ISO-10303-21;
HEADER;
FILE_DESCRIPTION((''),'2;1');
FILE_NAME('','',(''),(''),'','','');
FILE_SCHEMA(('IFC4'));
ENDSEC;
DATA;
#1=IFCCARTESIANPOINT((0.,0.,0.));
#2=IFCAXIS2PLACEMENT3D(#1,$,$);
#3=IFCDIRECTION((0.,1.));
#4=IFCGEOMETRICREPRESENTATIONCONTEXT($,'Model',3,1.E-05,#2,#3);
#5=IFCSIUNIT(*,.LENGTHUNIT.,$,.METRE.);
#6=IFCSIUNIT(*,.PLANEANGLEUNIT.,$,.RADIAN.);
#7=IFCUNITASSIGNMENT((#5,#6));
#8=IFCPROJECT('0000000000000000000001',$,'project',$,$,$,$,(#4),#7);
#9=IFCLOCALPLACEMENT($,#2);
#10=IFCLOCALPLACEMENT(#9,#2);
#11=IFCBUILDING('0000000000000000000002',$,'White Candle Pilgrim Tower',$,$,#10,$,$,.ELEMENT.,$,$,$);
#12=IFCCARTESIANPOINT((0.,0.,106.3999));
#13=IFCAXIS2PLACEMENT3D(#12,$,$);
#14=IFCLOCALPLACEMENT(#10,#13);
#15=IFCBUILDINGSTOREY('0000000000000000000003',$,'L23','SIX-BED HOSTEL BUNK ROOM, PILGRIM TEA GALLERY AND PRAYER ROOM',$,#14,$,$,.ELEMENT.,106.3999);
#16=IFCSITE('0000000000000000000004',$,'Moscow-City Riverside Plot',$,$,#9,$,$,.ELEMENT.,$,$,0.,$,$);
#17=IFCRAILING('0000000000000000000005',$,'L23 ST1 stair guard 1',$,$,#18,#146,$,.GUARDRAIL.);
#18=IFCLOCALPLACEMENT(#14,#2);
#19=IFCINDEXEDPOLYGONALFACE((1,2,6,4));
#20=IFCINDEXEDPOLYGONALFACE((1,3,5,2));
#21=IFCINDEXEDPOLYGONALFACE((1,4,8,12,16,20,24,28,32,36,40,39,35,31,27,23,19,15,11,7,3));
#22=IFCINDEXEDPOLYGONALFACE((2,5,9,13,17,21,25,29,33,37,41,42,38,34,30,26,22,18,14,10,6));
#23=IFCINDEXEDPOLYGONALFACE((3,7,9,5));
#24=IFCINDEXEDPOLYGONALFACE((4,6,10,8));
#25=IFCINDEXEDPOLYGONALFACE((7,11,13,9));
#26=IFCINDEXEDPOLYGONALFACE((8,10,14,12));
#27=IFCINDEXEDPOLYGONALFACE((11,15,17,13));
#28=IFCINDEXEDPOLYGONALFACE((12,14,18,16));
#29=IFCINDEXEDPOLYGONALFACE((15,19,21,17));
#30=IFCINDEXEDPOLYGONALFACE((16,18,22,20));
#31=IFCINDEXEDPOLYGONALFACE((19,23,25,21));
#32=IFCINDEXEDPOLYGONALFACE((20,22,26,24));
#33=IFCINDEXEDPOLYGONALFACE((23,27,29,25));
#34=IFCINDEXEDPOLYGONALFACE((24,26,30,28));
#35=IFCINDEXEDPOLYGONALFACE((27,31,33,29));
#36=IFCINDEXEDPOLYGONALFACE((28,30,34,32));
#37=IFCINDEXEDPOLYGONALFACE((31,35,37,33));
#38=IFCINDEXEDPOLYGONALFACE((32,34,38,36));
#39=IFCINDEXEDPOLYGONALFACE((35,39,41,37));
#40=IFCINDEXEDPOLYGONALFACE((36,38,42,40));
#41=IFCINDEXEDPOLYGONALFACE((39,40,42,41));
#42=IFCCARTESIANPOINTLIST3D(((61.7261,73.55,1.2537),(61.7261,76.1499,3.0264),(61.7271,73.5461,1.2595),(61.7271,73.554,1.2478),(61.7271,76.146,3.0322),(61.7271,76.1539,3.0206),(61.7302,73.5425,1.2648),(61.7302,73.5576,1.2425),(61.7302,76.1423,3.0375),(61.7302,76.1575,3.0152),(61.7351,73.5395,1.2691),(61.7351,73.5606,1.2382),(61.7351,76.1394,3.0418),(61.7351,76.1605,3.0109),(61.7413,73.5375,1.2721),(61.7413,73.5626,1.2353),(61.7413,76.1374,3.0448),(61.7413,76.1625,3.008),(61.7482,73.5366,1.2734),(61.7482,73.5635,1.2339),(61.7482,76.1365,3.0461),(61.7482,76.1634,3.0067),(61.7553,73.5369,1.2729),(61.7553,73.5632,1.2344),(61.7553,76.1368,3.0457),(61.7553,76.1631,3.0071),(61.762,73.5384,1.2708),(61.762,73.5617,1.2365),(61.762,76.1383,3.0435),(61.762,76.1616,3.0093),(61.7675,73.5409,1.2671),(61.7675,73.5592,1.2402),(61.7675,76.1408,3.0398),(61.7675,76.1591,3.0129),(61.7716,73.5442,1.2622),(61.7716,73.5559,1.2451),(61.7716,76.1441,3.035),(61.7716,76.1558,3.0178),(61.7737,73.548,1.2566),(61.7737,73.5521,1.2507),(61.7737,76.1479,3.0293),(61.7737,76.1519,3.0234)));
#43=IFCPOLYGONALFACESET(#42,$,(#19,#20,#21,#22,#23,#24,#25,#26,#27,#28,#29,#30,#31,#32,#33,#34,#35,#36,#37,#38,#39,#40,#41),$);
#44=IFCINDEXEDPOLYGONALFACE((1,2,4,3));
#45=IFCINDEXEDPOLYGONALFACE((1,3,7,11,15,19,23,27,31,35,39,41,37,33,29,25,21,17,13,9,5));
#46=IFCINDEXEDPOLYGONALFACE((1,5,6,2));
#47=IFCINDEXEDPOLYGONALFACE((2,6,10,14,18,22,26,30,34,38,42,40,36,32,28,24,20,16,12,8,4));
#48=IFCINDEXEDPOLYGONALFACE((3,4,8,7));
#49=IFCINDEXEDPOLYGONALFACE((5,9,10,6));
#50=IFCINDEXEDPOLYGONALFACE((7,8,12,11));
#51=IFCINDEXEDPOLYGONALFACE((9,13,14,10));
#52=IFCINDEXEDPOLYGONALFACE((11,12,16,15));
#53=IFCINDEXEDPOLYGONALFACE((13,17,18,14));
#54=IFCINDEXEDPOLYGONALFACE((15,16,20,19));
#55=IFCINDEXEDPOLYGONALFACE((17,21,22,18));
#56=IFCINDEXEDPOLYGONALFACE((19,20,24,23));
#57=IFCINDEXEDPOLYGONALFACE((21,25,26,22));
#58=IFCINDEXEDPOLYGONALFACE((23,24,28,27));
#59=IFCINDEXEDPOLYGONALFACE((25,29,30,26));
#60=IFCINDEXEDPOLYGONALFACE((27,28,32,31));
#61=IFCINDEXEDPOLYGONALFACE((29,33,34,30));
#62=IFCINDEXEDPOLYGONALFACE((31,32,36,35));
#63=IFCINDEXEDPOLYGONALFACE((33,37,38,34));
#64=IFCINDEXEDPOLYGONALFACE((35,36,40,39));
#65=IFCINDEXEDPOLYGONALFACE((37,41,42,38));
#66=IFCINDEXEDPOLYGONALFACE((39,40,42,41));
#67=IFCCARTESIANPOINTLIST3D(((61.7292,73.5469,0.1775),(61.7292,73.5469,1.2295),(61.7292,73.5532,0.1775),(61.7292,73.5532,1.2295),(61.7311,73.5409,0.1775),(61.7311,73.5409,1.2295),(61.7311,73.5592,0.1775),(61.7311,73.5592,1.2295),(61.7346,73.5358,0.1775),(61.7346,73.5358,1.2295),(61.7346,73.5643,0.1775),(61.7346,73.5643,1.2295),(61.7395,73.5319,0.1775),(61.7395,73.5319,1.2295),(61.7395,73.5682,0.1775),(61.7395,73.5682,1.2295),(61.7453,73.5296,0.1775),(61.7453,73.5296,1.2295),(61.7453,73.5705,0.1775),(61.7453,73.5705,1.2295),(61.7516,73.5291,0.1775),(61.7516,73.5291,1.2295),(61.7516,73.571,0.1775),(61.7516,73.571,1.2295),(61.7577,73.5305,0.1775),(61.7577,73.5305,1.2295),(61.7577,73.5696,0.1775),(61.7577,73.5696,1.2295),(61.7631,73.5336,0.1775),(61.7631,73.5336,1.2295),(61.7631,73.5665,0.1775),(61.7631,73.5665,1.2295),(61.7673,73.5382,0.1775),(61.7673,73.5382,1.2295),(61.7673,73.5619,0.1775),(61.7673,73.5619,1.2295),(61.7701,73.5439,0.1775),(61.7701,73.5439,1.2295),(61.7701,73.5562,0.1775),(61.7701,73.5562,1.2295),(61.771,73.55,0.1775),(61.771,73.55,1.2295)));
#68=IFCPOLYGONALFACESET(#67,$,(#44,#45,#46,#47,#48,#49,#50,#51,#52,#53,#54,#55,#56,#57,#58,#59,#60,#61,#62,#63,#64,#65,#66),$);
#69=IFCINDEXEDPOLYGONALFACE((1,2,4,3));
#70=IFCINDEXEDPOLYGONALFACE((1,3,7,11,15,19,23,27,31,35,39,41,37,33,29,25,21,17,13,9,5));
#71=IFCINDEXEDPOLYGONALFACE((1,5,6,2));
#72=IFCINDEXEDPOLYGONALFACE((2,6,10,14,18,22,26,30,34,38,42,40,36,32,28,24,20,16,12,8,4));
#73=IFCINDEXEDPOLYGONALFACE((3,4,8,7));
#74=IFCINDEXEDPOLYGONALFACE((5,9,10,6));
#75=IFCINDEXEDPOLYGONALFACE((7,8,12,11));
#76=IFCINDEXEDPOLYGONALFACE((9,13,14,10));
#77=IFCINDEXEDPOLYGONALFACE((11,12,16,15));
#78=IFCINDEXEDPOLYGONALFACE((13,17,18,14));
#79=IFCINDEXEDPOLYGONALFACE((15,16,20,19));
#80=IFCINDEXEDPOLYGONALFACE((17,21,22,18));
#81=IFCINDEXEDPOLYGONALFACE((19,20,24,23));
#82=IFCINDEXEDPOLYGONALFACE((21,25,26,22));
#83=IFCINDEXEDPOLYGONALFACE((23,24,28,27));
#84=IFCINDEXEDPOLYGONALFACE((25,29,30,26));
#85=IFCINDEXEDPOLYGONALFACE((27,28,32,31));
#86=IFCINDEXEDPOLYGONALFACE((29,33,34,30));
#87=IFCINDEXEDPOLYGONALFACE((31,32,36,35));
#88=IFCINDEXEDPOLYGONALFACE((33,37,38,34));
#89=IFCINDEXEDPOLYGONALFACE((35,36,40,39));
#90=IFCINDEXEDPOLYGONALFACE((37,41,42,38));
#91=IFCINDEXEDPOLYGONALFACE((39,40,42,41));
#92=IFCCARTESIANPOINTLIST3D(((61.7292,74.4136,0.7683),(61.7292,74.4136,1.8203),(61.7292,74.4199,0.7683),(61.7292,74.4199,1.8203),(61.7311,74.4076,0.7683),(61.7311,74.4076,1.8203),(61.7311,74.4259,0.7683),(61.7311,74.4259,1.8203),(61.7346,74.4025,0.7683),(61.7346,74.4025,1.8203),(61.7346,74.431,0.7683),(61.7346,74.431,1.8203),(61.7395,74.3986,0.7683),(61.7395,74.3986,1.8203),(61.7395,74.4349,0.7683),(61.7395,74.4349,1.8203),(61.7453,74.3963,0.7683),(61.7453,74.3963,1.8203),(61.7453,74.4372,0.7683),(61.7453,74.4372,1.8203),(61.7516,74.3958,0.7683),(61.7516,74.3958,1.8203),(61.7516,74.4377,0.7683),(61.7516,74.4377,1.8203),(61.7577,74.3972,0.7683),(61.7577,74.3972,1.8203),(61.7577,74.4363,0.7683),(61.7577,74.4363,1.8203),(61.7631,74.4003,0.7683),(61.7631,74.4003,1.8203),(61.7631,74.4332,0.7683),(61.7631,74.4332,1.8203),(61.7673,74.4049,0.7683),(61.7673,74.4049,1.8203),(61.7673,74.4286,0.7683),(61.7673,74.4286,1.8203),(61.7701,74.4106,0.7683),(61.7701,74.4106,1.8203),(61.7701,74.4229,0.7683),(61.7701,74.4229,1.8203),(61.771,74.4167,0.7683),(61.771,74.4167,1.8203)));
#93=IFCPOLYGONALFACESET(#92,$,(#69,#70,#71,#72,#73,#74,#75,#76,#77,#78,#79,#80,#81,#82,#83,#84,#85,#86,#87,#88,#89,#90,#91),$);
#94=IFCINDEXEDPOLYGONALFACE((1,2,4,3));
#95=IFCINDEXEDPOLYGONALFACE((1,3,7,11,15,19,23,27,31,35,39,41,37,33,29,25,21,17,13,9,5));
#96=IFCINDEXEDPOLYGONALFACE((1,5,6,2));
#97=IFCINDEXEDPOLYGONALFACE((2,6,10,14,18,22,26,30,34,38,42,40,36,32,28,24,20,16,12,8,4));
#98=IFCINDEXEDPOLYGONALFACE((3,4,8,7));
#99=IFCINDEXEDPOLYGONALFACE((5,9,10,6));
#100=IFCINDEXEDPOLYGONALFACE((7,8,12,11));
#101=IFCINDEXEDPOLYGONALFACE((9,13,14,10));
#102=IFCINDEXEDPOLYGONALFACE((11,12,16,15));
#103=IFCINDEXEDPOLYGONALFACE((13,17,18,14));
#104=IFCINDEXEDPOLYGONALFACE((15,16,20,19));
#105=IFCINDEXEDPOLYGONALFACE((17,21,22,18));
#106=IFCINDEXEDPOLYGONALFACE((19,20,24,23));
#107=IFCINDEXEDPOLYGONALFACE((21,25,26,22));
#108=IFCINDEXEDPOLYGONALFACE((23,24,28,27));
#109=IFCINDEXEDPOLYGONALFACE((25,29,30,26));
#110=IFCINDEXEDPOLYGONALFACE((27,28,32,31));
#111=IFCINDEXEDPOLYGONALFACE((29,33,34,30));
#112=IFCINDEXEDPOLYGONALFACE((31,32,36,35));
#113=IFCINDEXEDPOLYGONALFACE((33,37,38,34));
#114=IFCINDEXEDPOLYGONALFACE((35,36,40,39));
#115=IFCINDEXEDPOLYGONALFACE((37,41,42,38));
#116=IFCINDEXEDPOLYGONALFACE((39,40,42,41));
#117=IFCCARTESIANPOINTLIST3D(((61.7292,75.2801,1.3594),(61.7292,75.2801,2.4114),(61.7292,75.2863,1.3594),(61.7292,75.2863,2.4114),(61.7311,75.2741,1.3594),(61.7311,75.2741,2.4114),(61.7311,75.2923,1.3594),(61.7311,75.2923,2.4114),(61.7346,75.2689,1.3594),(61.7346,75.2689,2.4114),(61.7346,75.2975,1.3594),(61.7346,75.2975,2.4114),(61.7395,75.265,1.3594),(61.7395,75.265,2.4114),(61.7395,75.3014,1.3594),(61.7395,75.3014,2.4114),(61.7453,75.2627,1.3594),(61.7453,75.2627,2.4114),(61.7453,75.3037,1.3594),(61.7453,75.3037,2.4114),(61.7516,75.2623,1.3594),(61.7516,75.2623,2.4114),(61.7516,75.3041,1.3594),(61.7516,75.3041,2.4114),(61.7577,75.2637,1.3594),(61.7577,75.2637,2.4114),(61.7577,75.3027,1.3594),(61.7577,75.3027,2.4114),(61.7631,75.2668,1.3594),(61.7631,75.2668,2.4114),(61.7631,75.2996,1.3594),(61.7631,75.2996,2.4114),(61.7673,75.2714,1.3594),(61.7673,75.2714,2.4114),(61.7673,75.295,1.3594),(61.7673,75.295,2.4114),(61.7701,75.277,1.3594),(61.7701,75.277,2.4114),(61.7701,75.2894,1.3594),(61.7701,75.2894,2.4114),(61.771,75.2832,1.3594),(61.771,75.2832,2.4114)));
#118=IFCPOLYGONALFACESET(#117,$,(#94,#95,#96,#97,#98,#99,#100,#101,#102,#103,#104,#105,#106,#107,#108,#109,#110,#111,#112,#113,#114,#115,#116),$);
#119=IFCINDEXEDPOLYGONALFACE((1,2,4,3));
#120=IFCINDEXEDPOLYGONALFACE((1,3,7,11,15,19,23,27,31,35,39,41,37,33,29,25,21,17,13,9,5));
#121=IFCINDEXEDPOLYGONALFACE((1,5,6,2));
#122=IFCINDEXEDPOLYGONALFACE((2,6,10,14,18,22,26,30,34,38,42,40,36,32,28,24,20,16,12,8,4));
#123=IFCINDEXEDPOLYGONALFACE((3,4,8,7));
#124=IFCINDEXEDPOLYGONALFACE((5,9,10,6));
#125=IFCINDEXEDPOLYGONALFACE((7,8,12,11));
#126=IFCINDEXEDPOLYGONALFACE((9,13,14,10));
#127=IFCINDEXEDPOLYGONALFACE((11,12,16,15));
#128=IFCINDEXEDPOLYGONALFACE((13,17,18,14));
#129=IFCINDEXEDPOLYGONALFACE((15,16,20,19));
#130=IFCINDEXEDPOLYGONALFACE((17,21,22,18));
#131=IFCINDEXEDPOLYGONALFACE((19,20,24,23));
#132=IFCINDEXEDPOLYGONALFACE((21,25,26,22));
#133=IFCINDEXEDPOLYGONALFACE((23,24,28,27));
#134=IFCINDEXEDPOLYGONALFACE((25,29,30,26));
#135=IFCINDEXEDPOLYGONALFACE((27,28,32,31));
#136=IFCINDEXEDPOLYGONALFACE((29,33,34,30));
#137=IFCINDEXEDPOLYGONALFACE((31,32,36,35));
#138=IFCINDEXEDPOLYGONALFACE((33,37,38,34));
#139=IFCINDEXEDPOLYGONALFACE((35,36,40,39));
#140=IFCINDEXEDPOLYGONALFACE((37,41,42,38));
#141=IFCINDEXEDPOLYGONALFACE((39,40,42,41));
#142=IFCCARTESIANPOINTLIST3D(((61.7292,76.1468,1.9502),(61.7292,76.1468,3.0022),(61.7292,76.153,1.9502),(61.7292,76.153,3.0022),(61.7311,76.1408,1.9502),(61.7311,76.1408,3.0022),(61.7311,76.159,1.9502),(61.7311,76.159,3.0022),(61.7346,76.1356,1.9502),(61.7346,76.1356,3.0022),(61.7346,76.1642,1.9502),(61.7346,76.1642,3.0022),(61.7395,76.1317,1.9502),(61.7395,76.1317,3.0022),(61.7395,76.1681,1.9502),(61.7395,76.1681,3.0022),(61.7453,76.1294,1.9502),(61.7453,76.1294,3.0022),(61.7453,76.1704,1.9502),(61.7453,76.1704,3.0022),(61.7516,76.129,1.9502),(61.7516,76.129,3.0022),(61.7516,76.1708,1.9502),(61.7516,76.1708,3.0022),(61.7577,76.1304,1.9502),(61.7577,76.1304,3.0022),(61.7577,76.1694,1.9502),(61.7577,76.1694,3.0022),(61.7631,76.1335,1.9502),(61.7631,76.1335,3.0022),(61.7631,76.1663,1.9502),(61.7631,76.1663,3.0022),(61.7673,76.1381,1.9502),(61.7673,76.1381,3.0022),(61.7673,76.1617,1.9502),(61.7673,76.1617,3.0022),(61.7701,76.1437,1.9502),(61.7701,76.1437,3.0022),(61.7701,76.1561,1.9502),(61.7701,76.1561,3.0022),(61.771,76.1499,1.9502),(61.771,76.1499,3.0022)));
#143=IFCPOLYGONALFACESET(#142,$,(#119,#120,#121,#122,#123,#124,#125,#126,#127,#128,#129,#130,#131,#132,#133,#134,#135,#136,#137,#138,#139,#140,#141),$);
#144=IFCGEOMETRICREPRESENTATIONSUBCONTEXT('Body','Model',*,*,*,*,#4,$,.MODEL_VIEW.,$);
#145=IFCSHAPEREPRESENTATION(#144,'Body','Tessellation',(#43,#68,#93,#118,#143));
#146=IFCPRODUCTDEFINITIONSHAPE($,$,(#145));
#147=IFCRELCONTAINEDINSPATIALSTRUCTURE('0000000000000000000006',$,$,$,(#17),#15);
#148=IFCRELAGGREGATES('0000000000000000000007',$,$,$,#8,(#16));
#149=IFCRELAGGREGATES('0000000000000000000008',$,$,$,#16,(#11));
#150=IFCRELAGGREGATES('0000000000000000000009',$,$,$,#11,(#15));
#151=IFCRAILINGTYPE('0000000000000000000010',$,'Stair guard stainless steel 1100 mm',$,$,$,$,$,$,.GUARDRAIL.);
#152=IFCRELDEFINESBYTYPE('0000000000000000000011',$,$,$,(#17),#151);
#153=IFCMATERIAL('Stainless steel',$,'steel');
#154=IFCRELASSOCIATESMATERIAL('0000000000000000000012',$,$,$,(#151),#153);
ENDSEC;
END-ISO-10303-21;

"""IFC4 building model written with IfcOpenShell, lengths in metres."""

from ifc_helpers import new_model, si_unit, direction, frame, origin, origin_2d, place, context, subcontext, project, spatial, circle, extrude, material, type_object, element, save


model = new_model("IFC4")

# Units and contexts
model_context = context("Model", 3, precision=1e-05, world=origin(), true_north=direction((0.0, 1.0)))
body_context = subcontext(model_context, "Body", "Model", "MODEL_VIEW")
ifc_project = project(units=[si_unit("LENGTHUNIT", "METRE"), si_unit("PLANEANGLEUNIT", "RADIAN")], contexts=[model_context])

# Site, building, storey
site_placement = place(None, origin())
site = spatial("IfcSite", under=ifc_project, at=site_placement, Name="Moscow-City Riverside Plot", CompositionType="ELEMENT", RefElevation=0.0)
building_placement = place(site_placement, origin())
building = spatial("IfcBuilding", under=site, at=building_placement, Name="White Candle Pilgrim Tower", CompositionType="ELEMENT")
storey_placement = place(building_placement, frame((0.0, 0.0, 106.3999)))
storey = spatial("IfcBuildingStorey", under=building, at=storey_placement, Name="L23", Description="SIX-BED HOSTEL BUNK ROOM, PILGRIM TEA GALLERY AND PRAYER ROOM", CompositionType="ELEMENT", Elevation=106.3999)

# Shared definitions
ifc_material_1 = material(Name="Stainless steel", Category="steel")

# Railing
railing_type_1 = type_object("IfcRailingType", Name="Stair guard stainless steel 1100 mm", PredefinedType="GUARDRAIL", material=ifc_material_1)
railing_1_placement = place(storey_placement, frame((61.75, 73.55, 0.1775)))
element("IfcRailing", 1, at=railing_1_placement, inside=storey, type_object=railing_type_1, Name="L23 ST1 stair guard 1", PredefinedType="GUARDRAIL", context=body_context, shape_type="SweptSolid", body=[
    extrude(circle(Radius=0.0239, at=origin_2d()), frame((0.0, 0.0, 1.0762), z_axis=(0.0, 0.826216, 0.563354), x_axis=(-1.0, 0.0, 0.0)), (0.0, 0.0, 1.0), 3.1467),
    extrude(circle(Radius=0.021, at=origin_2d()), origin(), (0.0, 0.0, 1.0), 1.052),
    extrude(circle(Radius=0.021, at=origin_2d()), frame((0.0, 0.8667, 0.5908)), (0.0, 0.0, 1.0), 1.052),
    extrude(circle(Radius=0.021, at=origin_2d()), frame((0.0, 1.7332, 1.1819)), (0.0, 0.0, 1.0), 1.052),
    extrude(circle(Radius=0.021, at=origin_2d()), frame((0.0, 2.5999, 1.7727)), (0.0, 0.0, 1.0), 1.052),
])

save(model, "model.ifc")
